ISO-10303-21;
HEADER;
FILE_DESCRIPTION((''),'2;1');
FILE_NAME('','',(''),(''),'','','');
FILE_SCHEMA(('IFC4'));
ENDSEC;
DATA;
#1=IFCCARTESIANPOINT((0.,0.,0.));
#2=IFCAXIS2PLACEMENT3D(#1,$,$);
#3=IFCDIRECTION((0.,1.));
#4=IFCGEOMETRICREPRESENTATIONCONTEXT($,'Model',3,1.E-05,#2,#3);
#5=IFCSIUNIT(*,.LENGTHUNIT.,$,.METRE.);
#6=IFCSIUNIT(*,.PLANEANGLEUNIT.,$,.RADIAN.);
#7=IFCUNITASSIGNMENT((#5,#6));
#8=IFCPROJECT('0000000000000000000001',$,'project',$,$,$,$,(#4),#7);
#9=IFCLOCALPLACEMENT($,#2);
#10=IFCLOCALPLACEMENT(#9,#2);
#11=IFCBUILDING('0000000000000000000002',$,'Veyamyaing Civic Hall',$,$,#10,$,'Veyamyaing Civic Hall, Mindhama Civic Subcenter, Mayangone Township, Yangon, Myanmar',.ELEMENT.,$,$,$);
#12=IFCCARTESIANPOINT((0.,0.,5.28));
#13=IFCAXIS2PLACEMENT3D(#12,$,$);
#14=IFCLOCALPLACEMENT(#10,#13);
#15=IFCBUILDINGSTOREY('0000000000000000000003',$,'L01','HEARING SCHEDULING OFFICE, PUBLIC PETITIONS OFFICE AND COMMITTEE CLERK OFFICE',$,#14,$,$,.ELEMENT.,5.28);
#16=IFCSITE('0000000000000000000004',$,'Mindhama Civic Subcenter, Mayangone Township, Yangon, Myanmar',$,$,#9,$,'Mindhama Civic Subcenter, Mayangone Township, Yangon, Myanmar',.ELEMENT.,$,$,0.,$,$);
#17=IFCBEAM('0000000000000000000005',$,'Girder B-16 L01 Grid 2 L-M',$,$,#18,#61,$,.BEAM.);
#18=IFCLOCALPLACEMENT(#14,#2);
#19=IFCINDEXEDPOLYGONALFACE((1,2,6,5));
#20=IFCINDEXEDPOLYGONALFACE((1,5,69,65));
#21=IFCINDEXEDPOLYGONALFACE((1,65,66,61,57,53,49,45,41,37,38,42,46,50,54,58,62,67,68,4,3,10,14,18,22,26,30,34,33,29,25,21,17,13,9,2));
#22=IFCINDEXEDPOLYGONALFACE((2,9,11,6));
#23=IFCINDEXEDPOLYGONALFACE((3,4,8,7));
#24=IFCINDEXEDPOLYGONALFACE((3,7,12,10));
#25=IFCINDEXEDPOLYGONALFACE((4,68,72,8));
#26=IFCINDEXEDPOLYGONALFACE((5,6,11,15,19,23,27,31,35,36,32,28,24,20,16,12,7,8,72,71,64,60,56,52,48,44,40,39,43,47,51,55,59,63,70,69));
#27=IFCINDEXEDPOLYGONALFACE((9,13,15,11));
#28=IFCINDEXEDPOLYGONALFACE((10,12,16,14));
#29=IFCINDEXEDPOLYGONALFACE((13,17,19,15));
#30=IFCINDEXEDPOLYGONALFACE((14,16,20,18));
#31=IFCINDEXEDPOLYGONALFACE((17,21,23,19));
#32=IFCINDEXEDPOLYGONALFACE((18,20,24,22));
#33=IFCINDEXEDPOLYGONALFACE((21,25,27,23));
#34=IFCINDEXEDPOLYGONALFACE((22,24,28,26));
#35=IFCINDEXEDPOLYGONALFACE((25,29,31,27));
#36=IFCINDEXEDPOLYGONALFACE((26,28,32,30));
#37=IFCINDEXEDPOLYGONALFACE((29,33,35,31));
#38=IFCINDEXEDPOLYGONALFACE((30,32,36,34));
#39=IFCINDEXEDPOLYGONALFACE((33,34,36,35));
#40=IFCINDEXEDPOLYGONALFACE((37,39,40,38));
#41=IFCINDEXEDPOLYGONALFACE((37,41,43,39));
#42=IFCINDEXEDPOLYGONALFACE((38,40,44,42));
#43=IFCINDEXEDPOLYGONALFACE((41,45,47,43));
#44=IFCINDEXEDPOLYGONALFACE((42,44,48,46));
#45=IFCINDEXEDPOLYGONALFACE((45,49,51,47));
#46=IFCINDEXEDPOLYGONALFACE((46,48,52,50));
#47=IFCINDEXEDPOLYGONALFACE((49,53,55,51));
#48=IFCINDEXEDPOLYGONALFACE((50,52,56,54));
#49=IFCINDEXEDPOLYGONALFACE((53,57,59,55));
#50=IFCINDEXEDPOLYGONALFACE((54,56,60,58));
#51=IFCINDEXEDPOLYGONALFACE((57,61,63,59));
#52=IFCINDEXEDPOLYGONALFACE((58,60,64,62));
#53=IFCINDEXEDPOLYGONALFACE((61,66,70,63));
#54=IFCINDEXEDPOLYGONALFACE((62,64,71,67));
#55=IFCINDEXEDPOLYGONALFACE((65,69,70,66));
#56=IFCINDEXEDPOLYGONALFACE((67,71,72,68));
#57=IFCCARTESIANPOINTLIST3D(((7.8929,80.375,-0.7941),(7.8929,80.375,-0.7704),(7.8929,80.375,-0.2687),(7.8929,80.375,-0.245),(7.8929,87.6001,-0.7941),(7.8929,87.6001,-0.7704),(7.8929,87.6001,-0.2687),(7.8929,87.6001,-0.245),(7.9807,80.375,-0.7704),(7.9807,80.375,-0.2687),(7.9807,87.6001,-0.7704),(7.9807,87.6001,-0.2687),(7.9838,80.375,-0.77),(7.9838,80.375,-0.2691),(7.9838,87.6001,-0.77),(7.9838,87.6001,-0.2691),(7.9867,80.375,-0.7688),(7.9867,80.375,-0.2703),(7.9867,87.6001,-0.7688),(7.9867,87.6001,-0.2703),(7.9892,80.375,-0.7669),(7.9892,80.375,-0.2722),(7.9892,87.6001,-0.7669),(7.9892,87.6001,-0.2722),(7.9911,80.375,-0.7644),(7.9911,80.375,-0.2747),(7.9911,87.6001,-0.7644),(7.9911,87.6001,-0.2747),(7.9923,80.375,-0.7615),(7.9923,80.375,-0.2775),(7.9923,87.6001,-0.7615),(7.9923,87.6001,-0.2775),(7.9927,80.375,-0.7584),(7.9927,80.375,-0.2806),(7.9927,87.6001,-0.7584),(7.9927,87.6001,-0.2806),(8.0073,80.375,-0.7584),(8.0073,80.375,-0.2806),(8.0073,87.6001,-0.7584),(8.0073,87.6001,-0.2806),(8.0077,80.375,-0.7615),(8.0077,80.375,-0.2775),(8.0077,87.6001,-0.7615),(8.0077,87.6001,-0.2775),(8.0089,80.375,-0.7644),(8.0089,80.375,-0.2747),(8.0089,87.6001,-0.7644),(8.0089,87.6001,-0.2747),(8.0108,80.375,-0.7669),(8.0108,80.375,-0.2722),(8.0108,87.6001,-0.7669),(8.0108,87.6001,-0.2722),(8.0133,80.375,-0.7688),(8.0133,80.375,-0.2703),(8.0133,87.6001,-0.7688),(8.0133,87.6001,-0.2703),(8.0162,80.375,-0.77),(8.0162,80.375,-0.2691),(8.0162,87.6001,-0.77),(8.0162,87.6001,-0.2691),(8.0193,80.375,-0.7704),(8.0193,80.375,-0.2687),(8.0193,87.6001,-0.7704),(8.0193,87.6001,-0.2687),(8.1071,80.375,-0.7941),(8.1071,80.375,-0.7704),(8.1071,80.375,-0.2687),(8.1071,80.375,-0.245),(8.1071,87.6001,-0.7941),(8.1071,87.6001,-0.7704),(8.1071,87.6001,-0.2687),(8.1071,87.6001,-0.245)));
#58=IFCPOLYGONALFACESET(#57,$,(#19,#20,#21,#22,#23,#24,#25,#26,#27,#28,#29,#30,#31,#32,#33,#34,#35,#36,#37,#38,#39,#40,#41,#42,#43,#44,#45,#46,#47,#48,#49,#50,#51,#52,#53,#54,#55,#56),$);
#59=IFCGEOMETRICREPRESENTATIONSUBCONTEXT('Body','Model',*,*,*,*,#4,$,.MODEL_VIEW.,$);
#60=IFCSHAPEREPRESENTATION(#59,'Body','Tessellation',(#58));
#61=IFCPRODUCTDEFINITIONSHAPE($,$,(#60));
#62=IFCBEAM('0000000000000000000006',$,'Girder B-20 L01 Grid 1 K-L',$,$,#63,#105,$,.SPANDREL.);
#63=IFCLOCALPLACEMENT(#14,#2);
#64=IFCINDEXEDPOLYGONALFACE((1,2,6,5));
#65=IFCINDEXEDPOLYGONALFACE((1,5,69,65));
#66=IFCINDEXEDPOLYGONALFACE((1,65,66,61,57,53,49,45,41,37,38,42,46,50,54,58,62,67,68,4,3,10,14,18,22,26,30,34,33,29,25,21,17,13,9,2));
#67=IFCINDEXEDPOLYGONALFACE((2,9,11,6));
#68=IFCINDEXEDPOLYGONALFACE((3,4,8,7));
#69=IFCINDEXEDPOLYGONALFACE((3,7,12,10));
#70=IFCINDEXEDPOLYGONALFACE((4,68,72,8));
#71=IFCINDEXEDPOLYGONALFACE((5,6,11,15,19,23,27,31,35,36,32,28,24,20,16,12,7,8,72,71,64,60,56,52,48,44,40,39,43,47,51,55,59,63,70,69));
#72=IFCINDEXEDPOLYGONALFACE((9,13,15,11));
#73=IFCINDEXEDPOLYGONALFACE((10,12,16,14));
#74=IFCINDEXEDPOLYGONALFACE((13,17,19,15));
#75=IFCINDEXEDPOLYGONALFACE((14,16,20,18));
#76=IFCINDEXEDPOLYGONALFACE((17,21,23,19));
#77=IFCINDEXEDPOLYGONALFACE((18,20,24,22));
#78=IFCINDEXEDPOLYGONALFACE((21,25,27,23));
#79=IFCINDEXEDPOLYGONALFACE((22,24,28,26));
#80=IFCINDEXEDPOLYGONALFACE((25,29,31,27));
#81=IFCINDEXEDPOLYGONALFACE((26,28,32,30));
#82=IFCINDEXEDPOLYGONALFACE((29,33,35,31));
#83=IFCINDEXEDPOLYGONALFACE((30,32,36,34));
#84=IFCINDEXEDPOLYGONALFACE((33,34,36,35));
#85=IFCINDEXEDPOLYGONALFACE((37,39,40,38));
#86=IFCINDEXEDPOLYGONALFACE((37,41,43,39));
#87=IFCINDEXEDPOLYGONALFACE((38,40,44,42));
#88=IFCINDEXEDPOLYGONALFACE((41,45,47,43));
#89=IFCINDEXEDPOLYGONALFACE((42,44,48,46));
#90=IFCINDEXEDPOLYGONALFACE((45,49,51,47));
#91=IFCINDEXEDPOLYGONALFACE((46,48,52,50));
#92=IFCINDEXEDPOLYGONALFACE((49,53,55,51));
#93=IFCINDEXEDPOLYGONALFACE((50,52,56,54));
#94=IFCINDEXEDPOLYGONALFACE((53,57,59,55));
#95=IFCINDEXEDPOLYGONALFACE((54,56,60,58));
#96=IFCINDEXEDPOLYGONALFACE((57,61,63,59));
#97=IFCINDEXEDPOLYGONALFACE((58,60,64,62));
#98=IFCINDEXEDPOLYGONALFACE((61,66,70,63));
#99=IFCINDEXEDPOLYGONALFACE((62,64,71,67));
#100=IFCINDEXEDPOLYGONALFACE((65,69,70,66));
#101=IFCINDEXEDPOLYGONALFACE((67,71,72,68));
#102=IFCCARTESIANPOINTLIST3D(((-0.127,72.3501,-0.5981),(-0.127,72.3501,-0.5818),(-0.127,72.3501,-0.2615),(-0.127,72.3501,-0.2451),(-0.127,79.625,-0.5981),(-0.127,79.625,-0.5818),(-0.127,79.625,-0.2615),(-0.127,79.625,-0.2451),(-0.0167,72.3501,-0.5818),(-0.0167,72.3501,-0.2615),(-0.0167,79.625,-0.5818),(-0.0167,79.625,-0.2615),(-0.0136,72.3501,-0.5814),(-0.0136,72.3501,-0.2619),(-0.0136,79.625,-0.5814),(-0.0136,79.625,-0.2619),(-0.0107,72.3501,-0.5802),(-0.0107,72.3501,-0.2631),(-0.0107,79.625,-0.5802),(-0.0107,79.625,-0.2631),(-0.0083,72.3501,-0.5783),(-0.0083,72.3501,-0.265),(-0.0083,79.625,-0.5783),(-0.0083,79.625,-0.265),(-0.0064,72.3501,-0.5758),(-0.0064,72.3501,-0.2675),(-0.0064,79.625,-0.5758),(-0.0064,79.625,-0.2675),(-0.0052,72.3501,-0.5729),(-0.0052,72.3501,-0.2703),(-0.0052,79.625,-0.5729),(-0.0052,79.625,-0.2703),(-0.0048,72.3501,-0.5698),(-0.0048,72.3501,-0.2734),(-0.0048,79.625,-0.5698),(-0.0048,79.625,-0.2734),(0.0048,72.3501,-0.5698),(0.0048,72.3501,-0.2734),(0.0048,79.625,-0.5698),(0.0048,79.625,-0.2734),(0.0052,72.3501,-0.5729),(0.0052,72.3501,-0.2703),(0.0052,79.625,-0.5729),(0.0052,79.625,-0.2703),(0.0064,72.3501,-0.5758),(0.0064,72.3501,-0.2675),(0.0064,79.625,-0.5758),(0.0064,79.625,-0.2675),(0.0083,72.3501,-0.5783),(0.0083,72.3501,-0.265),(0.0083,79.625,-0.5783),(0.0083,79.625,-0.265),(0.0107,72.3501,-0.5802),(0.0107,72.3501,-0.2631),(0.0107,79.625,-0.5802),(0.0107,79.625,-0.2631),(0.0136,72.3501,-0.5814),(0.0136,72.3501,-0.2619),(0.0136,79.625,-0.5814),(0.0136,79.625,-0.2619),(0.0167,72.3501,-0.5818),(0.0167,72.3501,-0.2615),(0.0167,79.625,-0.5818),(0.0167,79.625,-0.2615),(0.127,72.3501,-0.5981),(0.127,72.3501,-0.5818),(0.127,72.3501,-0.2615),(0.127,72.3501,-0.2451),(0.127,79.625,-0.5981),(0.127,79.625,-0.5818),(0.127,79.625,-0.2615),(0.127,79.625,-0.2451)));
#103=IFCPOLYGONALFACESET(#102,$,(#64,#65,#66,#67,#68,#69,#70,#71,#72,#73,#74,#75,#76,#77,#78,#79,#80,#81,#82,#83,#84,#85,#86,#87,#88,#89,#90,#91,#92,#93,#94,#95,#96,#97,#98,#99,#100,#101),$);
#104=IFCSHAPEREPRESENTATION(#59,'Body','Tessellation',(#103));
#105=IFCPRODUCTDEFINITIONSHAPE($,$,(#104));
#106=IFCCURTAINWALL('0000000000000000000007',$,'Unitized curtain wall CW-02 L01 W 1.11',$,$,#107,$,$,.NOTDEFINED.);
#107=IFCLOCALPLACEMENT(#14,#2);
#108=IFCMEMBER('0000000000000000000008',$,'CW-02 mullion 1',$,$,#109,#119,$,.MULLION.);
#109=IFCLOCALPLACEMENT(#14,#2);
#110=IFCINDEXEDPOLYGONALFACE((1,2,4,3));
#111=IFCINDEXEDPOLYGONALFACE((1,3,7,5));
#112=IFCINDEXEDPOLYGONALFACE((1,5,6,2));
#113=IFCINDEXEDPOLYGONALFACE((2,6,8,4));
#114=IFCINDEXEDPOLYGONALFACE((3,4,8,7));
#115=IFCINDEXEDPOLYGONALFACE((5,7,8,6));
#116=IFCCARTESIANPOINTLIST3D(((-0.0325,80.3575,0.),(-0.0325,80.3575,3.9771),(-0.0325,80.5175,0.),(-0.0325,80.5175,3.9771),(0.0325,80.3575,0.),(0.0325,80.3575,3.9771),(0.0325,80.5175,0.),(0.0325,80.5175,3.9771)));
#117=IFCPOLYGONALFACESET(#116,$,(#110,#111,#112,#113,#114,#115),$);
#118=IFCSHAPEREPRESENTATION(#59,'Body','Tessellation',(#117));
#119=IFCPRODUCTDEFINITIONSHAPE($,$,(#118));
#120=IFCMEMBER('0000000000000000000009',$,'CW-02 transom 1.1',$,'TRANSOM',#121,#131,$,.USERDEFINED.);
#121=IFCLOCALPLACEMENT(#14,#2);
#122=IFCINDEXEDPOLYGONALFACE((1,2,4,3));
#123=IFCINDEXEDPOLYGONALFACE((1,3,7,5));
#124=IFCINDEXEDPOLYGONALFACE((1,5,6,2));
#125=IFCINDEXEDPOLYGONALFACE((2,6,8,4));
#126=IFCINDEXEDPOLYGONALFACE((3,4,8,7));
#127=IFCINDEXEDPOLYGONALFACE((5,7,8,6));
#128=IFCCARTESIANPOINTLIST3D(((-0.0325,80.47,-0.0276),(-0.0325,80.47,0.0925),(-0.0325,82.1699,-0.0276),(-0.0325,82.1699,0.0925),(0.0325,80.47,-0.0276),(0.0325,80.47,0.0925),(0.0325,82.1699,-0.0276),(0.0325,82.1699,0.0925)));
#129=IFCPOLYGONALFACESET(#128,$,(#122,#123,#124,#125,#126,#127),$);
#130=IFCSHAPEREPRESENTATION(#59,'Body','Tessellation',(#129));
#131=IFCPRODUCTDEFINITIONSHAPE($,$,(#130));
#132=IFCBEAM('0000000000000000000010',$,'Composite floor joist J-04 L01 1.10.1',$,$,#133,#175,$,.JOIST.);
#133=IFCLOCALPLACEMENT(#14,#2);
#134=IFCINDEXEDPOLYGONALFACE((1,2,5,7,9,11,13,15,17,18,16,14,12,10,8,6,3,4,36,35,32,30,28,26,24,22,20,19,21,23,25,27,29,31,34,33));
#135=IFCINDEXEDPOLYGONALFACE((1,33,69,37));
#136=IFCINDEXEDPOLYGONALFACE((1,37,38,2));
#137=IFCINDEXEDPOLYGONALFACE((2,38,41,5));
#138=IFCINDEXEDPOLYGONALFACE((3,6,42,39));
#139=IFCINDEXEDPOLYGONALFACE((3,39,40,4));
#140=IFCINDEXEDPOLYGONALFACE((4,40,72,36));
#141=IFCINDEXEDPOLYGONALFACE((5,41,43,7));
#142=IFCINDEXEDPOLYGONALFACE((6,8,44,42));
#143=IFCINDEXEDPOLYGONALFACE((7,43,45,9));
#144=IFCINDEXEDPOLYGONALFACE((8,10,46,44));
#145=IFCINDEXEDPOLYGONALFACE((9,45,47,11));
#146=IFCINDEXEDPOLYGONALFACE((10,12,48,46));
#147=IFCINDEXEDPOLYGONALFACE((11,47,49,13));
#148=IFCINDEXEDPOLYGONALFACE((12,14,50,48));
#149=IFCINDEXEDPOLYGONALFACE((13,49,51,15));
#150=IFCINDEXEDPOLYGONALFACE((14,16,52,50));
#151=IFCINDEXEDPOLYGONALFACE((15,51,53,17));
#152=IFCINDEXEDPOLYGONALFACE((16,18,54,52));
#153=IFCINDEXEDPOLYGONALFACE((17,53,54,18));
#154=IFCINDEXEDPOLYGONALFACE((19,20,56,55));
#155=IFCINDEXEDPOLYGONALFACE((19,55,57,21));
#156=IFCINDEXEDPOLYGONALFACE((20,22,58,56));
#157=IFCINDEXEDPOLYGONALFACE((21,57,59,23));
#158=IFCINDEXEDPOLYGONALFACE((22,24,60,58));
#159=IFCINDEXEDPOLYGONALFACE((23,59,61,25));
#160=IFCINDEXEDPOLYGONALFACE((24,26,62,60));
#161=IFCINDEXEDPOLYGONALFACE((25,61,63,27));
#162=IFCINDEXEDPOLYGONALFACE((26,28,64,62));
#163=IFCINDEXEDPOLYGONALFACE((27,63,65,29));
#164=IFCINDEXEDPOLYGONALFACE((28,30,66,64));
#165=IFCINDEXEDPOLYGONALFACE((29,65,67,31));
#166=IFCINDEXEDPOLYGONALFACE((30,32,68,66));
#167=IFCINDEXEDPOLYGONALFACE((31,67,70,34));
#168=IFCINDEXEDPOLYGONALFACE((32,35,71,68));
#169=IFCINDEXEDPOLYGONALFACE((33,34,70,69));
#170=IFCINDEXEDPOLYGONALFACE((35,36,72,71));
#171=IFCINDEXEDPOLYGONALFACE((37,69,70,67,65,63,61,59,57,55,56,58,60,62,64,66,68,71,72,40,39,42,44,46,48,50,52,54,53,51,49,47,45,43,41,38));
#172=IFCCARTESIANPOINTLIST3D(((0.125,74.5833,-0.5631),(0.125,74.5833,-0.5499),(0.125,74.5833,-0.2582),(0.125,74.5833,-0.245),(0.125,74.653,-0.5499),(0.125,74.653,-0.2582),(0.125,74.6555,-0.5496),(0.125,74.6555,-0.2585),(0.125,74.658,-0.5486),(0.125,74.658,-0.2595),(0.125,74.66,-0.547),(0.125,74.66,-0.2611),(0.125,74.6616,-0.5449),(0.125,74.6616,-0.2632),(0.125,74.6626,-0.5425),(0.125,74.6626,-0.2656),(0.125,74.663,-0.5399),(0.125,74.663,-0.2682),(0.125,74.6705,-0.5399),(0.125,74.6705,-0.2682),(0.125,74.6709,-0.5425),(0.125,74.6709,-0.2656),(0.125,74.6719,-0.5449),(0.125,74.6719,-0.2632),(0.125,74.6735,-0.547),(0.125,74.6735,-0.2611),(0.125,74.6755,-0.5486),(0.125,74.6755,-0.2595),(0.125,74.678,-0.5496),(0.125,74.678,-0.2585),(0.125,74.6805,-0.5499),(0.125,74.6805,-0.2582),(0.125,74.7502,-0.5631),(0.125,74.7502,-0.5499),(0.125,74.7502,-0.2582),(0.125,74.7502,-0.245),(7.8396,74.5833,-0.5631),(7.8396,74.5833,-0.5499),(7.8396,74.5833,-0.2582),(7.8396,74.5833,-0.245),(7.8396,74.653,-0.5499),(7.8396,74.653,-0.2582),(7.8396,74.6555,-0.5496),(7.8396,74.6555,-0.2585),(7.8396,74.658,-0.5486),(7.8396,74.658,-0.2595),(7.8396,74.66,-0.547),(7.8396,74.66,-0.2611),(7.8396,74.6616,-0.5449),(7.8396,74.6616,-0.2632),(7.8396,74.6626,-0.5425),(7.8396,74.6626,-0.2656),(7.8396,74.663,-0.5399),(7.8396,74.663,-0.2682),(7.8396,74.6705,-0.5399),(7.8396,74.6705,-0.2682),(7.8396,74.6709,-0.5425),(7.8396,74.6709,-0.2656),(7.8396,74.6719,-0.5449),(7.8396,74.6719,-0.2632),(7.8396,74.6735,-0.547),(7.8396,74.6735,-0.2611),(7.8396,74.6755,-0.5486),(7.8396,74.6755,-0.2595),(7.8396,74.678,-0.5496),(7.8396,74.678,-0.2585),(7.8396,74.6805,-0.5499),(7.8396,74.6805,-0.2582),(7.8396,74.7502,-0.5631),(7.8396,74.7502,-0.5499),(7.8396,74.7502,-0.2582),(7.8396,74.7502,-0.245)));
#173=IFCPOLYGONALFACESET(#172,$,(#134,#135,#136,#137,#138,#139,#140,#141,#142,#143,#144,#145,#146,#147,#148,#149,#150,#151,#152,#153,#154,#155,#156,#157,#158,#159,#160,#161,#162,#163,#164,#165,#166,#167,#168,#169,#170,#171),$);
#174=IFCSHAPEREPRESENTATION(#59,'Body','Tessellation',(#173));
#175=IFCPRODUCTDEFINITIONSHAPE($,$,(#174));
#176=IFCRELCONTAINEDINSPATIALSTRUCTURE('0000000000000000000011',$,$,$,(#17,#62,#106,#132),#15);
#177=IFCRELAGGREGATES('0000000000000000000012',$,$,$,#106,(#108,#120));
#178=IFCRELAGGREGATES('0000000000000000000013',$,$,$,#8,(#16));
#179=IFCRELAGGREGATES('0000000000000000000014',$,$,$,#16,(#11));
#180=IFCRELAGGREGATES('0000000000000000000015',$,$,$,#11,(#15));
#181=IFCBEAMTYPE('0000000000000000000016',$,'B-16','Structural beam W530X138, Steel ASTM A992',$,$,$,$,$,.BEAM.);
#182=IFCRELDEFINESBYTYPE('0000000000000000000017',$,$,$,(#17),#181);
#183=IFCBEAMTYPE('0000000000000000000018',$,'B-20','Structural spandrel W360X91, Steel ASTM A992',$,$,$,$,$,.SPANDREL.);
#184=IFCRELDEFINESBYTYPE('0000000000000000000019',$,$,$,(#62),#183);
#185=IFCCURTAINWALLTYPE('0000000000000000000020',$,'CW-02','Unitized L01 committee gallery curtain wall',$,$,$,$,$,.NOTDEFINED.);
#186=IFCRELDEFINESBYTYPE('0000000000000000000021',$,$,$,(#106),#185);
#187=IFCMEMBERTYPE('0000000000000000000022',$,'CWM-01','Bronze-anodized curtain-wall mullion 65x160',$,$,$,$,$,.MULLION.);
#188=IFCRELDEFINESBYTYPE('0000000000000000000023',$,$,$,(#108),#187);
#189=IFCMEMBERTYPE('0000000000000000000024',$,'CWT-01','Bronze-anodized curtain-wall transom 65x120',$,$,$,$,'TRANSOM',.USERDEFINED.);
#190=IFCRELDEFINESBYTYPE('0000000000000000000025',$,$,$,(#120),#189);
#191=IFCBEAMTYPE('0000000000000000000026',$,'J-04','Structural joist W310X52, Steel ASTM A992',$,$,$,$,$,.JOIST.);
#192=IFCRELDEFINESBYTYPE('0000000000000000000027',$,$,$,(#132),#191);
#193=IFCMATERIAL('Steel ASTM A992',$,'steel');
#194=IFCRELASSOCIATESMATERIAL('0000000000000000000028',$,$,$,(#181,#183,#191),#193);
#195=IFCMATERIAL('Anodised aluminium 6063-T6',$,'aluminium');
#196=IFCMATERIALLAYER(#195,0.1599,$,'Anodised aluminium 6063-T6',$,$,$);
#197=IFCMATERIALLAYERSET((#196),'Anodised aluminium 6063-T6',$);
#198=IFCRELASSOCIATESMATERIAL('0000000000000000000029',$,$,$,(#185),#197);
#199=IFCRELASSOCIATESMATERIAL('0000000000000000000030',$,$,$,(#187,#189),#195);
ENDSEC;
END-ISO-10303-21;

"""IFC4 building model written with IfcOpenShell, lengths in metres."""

from ifc_helpers import new_model, si_unit, direction, frame, origin, origin_2d, place, context, subcontext, project, spatial, rectangle, i_section, extrude, material, layer, layer_set, material_profile, profile_set, type_object, element, aggregate, save


model = new_model("IFC4")

# Units and contexts
model_context = context("Model", 3, precision=1e-05, world=origin(), true_north=direction((0.0, 1.0)))
body_context = subcontext(model_context, "Body", "Model", "MODEL_VIEW")
ifc_project = project(units=[si_unit("LENGTHUNIT", "METRE"), si_unit("PLANEANGLEUNIT", "RADIAN")], contexts=[model_context])

# Site, building, storey
site_placement = place(None, origin())
site = spatial("IfcSite", under=ifc_project, at=site_placement, Name="Mindhama Civic Subcenter, Mayangone Township, Yangon, Myanmar", LongName="Mindhama Civic Subcenter, Mayangone Township, Yangon, Myanmar", CompositionType="ELEMENT", RefElevation=0.0)
building_placement = place(site_placement, origin())
building = spatial("IfcBuilding", under=site, at=building_placement, Name="Veyamyaing Civic Hall", LongName="Veyamyaing Civic Hall, Mindhama Civic Subcenter, Mayangone Township, Yangon, Myanmar", CompositionType="ELEMENT")
storey_placement = place(building_placement, frame((0.0, 0.0, 5.28)))
storey = spatial("IfcBuildingStorey", under=building, at=storey_placement, Name="L01", Description="HEARING SCHEDULING OFFICE, PUBLIC PETITIONS OFFICE AND COMMITTEE CLERK OFFICE", CompositionType="ELEMENT", Elevation=5.28)

# Beams
ifc_material_1 = material(Name="Steel ASTM A992", Category="steel")
ifc_material_profile_1 = material_profile(ifc_material_1, i_section(OverallWidth=0.2141, OverallDepth=0.5491, WebThickness=0.0146, FlangeThickness=0.0237, FilletRadius=0.012, at=origin_2d()), Name="W530X138")
ifc_profile_set_1 = profile_set([ifc_material_profile_1], Name="Steel ASTM A992")
beam_type_1 = type_object("IfcBeamType", Name="B-16", Description="Structural beam W530X138, Steel ASTM A992", PredefinedType="BEAM", material=ifc_profile_set_1)
beam_1_placement = place(storey_placement, frame((8.0, 80.375, -0.5195), z_axis=(0.0, 1.0, 0.0), x_axis=(-1.0, 0.0, 0.0)))
element("IfcBeam", 1, at=beam_1_placement, inside=storey, type_object=beam_type_1, Name="Girder B-16 L01 Grid 2 L-M", PredefinedType="BEAM", context=body_context, shape_type="SweptSolid", body=[
    extrude(i_section(OverallWidth=0.2141, OverallDepth=0.5491, WebThickness=0.0146, FlangeThickness=0.0237, FilletRadius=0.012, at=origin_2d()), origin(), (0.0, 0.0, 1.0), 7.2251),
])
ifc_material_profile_2 = material_profile(ifc_material_1, i_section(OverallWidth=0.2539, OverallDepth=0.353, WebThickness=0.0095, FlangeThickness=0.0164, FilletRadius=0.012, at=origin_2d()), Name="W360X91")
ifc_profile_set_2 = profile_set([ifc_material_profile_2], Name="Steel ASTM A992")
beam_type_2 = type_object("IfcBeamType", Name="B-20", Description="Structural spandrel W360X91, Steel ASTM A992", PredefinedType="SPANDREL", material=ifc_profile_set_2)
beam_2_placement = place(storey_placement, frame((0.0, 72.3501, -0.4216), z_axis=(0.0, 1.0, 0.0), x_axis=(-1.0, 0.0, 0.0)))
element("IfcBeam", 2, at=beam_2_placement, inside=storey, type_object=beam_type_2, Name="Girder B-20 L01 Grid 1 K-L", PredefinedType="SPANDREL", context=body_context, shape_type="SweptSolid", body=[
    extrude(i_section(OverallWidth=0.2539, OverallDepth=0.353, WebThickness=0.0095, FlangeThickness=0.0164, FilletRadius=0.012, at=origin_2d()), origin(), (0.0, 0.0, 1.0), 7.2749),
])

# Curtain wall, members
ifc_material_2 = material(Name="Anodised aluminium 6063-T6", Category="aluminium")
ifc_layer_1 = layer(ifc_material_2, 0.1599, Name="Anodised aluminium 6063-T6")
ifc_layer_set_1 = layer_set([ifc_layer_1], Name="Anodised aluminium 6063-T6")
curtain_wall_type = type_object("IfcCurtainWallType", Name="CW-02", Description="Unitized L01 committee gallery curtain wall", PredefinedType="NOTDEFINED", material=ifc_layer_set_1)
curtain_wall_placement = place(storey_placement, origin())
curtain_wall = element("IfcCurtainWall", 3, at=curtain_wall_placement, inside=storey, type_object=curtain_wall_type, Name="Unitized curtain wall CW-02 L01 W 1.11", PredefinedType="NOTDEFINED")
ifc_material_profile_3 = material_profile(ifc_material_2, rectangle(XDim=0.0649, YDim=0.1599, at=origin_2d()), Name="ALU-MUL-65X160")
ifc_profile_set_3 = profile_set([ifc_material_profile_3], Name="Anodised aluminium 6063-T6")
member_type_1 = type_object("IfcMemberType", Name="CWM-01", Description="Bronze-anodized curtain-wall mullion 65x160", PredefinedType="MULLION", material=ifc_profile_set_3)
member_1_placement = place(storey_placement, frame((0.0, 80.4375, 0.0), z_axis=(0.0, 0.0, 1.0), x_axis=(-1.0, 0.0, 0.0)))
member_1 = element("IfcMember", 4, at=member_1_placement, type_object=member_type_1, Name="CW-02 mullion 1", PredefinedType="MULLION", context=body_context, shape_type="SweptSolid", body=[
    extrude(rectangle(XDim=0.0649, YDim=0.1599, at=origin_2d()), origin(), (0.0, 0.0, 1.0), 3.9771),
])
ifc_material_profile_4 = material_profile(ifc_material_2, rectangle(XDim=0.0649, YDim=0.1201, at=origin_2d()), Name="ALU-TRN-65X120")
ifc_profile_set_4 = profile_set([ifc_material_profile_4], Name="Anodised aluminium 6063-T6")
member_type_2 = type_object("IfcMemberType", Name="CWT-01", Description="Bronze-anodized curtain-wall transom 65x120", ElementType="TRANSOM", PredefinedType="USERDEFINED", material=ifc_profile_set_4)
member_2_placement = place(storey_placement, frame((0.0, 80.47, 0.0325), z_axis=(0.0, 1.0, 0.0), x_axis=(-1.0, 0.0, 0.0)))
member_2 = element("IfcMember", 5, at=member_2_placement, type_object=member_type_2, Name="CW-02 transom 1.1", ObjectType="TRANSOM", PredefinedType="USERDEFINED", context=body_context, shape_type="SweptSolid", body=[
    extrude(rectangle(XDim=0.0649, YDim=0.1201, at=origin_2d()), origin(), (0.0, 0.0, 1.0), 1.7),
])
aggregate(curtain_wall, [member_1, member_2])

# Beam
ifc_material_profile_5 = material_profile(ifc_material_1, i_section(OverallWidth=0.167, OverallDepth=0.3181, WebThickness=0.0076, FlangeThickness=0.0132, FilletRadius=0.01, at=origin_2d()), Name="W310X52")
ifc_profile_set_5 = profile_set([ifc_material_profile_5], Name="Steel ASTM A992")
beam_type_3 = type_object("IfcBeamType", Name="J-04", Description="Structural joist W310X52, Steel ASTM A992", PredefinedType="JOIST", material=ifc_profile_set_5)
for number, where, z_axis, x_axis, name in (
    (6, (0.125, 74.6667, -0.4041), (1.0, 0.0, 0.0), (0.0, 1.0, 0.0), "Composite floor joist J-04 L01 1.10.1"),
):
    element("IfcBeam", number, at=place(storey_placement, frame(where, z_axis=z_axis, x_axis=x_axis)), inside=storey, type_object=beam_type_3, Name=name, PredefinedType="JOIST", context=body_context, shape_type="SweptSolid", body=[
        extrude(i_section(OverallWidth=0.167, OverallDepth=0.3181, WebThickness=0.0076, FlangeThickness=0.0132, FilletRadius=0.01, at=origin_2d()), origin(), (0.0, 0.0, 1.0), 7.7146),
    ])

save(model, "model.ifc")
